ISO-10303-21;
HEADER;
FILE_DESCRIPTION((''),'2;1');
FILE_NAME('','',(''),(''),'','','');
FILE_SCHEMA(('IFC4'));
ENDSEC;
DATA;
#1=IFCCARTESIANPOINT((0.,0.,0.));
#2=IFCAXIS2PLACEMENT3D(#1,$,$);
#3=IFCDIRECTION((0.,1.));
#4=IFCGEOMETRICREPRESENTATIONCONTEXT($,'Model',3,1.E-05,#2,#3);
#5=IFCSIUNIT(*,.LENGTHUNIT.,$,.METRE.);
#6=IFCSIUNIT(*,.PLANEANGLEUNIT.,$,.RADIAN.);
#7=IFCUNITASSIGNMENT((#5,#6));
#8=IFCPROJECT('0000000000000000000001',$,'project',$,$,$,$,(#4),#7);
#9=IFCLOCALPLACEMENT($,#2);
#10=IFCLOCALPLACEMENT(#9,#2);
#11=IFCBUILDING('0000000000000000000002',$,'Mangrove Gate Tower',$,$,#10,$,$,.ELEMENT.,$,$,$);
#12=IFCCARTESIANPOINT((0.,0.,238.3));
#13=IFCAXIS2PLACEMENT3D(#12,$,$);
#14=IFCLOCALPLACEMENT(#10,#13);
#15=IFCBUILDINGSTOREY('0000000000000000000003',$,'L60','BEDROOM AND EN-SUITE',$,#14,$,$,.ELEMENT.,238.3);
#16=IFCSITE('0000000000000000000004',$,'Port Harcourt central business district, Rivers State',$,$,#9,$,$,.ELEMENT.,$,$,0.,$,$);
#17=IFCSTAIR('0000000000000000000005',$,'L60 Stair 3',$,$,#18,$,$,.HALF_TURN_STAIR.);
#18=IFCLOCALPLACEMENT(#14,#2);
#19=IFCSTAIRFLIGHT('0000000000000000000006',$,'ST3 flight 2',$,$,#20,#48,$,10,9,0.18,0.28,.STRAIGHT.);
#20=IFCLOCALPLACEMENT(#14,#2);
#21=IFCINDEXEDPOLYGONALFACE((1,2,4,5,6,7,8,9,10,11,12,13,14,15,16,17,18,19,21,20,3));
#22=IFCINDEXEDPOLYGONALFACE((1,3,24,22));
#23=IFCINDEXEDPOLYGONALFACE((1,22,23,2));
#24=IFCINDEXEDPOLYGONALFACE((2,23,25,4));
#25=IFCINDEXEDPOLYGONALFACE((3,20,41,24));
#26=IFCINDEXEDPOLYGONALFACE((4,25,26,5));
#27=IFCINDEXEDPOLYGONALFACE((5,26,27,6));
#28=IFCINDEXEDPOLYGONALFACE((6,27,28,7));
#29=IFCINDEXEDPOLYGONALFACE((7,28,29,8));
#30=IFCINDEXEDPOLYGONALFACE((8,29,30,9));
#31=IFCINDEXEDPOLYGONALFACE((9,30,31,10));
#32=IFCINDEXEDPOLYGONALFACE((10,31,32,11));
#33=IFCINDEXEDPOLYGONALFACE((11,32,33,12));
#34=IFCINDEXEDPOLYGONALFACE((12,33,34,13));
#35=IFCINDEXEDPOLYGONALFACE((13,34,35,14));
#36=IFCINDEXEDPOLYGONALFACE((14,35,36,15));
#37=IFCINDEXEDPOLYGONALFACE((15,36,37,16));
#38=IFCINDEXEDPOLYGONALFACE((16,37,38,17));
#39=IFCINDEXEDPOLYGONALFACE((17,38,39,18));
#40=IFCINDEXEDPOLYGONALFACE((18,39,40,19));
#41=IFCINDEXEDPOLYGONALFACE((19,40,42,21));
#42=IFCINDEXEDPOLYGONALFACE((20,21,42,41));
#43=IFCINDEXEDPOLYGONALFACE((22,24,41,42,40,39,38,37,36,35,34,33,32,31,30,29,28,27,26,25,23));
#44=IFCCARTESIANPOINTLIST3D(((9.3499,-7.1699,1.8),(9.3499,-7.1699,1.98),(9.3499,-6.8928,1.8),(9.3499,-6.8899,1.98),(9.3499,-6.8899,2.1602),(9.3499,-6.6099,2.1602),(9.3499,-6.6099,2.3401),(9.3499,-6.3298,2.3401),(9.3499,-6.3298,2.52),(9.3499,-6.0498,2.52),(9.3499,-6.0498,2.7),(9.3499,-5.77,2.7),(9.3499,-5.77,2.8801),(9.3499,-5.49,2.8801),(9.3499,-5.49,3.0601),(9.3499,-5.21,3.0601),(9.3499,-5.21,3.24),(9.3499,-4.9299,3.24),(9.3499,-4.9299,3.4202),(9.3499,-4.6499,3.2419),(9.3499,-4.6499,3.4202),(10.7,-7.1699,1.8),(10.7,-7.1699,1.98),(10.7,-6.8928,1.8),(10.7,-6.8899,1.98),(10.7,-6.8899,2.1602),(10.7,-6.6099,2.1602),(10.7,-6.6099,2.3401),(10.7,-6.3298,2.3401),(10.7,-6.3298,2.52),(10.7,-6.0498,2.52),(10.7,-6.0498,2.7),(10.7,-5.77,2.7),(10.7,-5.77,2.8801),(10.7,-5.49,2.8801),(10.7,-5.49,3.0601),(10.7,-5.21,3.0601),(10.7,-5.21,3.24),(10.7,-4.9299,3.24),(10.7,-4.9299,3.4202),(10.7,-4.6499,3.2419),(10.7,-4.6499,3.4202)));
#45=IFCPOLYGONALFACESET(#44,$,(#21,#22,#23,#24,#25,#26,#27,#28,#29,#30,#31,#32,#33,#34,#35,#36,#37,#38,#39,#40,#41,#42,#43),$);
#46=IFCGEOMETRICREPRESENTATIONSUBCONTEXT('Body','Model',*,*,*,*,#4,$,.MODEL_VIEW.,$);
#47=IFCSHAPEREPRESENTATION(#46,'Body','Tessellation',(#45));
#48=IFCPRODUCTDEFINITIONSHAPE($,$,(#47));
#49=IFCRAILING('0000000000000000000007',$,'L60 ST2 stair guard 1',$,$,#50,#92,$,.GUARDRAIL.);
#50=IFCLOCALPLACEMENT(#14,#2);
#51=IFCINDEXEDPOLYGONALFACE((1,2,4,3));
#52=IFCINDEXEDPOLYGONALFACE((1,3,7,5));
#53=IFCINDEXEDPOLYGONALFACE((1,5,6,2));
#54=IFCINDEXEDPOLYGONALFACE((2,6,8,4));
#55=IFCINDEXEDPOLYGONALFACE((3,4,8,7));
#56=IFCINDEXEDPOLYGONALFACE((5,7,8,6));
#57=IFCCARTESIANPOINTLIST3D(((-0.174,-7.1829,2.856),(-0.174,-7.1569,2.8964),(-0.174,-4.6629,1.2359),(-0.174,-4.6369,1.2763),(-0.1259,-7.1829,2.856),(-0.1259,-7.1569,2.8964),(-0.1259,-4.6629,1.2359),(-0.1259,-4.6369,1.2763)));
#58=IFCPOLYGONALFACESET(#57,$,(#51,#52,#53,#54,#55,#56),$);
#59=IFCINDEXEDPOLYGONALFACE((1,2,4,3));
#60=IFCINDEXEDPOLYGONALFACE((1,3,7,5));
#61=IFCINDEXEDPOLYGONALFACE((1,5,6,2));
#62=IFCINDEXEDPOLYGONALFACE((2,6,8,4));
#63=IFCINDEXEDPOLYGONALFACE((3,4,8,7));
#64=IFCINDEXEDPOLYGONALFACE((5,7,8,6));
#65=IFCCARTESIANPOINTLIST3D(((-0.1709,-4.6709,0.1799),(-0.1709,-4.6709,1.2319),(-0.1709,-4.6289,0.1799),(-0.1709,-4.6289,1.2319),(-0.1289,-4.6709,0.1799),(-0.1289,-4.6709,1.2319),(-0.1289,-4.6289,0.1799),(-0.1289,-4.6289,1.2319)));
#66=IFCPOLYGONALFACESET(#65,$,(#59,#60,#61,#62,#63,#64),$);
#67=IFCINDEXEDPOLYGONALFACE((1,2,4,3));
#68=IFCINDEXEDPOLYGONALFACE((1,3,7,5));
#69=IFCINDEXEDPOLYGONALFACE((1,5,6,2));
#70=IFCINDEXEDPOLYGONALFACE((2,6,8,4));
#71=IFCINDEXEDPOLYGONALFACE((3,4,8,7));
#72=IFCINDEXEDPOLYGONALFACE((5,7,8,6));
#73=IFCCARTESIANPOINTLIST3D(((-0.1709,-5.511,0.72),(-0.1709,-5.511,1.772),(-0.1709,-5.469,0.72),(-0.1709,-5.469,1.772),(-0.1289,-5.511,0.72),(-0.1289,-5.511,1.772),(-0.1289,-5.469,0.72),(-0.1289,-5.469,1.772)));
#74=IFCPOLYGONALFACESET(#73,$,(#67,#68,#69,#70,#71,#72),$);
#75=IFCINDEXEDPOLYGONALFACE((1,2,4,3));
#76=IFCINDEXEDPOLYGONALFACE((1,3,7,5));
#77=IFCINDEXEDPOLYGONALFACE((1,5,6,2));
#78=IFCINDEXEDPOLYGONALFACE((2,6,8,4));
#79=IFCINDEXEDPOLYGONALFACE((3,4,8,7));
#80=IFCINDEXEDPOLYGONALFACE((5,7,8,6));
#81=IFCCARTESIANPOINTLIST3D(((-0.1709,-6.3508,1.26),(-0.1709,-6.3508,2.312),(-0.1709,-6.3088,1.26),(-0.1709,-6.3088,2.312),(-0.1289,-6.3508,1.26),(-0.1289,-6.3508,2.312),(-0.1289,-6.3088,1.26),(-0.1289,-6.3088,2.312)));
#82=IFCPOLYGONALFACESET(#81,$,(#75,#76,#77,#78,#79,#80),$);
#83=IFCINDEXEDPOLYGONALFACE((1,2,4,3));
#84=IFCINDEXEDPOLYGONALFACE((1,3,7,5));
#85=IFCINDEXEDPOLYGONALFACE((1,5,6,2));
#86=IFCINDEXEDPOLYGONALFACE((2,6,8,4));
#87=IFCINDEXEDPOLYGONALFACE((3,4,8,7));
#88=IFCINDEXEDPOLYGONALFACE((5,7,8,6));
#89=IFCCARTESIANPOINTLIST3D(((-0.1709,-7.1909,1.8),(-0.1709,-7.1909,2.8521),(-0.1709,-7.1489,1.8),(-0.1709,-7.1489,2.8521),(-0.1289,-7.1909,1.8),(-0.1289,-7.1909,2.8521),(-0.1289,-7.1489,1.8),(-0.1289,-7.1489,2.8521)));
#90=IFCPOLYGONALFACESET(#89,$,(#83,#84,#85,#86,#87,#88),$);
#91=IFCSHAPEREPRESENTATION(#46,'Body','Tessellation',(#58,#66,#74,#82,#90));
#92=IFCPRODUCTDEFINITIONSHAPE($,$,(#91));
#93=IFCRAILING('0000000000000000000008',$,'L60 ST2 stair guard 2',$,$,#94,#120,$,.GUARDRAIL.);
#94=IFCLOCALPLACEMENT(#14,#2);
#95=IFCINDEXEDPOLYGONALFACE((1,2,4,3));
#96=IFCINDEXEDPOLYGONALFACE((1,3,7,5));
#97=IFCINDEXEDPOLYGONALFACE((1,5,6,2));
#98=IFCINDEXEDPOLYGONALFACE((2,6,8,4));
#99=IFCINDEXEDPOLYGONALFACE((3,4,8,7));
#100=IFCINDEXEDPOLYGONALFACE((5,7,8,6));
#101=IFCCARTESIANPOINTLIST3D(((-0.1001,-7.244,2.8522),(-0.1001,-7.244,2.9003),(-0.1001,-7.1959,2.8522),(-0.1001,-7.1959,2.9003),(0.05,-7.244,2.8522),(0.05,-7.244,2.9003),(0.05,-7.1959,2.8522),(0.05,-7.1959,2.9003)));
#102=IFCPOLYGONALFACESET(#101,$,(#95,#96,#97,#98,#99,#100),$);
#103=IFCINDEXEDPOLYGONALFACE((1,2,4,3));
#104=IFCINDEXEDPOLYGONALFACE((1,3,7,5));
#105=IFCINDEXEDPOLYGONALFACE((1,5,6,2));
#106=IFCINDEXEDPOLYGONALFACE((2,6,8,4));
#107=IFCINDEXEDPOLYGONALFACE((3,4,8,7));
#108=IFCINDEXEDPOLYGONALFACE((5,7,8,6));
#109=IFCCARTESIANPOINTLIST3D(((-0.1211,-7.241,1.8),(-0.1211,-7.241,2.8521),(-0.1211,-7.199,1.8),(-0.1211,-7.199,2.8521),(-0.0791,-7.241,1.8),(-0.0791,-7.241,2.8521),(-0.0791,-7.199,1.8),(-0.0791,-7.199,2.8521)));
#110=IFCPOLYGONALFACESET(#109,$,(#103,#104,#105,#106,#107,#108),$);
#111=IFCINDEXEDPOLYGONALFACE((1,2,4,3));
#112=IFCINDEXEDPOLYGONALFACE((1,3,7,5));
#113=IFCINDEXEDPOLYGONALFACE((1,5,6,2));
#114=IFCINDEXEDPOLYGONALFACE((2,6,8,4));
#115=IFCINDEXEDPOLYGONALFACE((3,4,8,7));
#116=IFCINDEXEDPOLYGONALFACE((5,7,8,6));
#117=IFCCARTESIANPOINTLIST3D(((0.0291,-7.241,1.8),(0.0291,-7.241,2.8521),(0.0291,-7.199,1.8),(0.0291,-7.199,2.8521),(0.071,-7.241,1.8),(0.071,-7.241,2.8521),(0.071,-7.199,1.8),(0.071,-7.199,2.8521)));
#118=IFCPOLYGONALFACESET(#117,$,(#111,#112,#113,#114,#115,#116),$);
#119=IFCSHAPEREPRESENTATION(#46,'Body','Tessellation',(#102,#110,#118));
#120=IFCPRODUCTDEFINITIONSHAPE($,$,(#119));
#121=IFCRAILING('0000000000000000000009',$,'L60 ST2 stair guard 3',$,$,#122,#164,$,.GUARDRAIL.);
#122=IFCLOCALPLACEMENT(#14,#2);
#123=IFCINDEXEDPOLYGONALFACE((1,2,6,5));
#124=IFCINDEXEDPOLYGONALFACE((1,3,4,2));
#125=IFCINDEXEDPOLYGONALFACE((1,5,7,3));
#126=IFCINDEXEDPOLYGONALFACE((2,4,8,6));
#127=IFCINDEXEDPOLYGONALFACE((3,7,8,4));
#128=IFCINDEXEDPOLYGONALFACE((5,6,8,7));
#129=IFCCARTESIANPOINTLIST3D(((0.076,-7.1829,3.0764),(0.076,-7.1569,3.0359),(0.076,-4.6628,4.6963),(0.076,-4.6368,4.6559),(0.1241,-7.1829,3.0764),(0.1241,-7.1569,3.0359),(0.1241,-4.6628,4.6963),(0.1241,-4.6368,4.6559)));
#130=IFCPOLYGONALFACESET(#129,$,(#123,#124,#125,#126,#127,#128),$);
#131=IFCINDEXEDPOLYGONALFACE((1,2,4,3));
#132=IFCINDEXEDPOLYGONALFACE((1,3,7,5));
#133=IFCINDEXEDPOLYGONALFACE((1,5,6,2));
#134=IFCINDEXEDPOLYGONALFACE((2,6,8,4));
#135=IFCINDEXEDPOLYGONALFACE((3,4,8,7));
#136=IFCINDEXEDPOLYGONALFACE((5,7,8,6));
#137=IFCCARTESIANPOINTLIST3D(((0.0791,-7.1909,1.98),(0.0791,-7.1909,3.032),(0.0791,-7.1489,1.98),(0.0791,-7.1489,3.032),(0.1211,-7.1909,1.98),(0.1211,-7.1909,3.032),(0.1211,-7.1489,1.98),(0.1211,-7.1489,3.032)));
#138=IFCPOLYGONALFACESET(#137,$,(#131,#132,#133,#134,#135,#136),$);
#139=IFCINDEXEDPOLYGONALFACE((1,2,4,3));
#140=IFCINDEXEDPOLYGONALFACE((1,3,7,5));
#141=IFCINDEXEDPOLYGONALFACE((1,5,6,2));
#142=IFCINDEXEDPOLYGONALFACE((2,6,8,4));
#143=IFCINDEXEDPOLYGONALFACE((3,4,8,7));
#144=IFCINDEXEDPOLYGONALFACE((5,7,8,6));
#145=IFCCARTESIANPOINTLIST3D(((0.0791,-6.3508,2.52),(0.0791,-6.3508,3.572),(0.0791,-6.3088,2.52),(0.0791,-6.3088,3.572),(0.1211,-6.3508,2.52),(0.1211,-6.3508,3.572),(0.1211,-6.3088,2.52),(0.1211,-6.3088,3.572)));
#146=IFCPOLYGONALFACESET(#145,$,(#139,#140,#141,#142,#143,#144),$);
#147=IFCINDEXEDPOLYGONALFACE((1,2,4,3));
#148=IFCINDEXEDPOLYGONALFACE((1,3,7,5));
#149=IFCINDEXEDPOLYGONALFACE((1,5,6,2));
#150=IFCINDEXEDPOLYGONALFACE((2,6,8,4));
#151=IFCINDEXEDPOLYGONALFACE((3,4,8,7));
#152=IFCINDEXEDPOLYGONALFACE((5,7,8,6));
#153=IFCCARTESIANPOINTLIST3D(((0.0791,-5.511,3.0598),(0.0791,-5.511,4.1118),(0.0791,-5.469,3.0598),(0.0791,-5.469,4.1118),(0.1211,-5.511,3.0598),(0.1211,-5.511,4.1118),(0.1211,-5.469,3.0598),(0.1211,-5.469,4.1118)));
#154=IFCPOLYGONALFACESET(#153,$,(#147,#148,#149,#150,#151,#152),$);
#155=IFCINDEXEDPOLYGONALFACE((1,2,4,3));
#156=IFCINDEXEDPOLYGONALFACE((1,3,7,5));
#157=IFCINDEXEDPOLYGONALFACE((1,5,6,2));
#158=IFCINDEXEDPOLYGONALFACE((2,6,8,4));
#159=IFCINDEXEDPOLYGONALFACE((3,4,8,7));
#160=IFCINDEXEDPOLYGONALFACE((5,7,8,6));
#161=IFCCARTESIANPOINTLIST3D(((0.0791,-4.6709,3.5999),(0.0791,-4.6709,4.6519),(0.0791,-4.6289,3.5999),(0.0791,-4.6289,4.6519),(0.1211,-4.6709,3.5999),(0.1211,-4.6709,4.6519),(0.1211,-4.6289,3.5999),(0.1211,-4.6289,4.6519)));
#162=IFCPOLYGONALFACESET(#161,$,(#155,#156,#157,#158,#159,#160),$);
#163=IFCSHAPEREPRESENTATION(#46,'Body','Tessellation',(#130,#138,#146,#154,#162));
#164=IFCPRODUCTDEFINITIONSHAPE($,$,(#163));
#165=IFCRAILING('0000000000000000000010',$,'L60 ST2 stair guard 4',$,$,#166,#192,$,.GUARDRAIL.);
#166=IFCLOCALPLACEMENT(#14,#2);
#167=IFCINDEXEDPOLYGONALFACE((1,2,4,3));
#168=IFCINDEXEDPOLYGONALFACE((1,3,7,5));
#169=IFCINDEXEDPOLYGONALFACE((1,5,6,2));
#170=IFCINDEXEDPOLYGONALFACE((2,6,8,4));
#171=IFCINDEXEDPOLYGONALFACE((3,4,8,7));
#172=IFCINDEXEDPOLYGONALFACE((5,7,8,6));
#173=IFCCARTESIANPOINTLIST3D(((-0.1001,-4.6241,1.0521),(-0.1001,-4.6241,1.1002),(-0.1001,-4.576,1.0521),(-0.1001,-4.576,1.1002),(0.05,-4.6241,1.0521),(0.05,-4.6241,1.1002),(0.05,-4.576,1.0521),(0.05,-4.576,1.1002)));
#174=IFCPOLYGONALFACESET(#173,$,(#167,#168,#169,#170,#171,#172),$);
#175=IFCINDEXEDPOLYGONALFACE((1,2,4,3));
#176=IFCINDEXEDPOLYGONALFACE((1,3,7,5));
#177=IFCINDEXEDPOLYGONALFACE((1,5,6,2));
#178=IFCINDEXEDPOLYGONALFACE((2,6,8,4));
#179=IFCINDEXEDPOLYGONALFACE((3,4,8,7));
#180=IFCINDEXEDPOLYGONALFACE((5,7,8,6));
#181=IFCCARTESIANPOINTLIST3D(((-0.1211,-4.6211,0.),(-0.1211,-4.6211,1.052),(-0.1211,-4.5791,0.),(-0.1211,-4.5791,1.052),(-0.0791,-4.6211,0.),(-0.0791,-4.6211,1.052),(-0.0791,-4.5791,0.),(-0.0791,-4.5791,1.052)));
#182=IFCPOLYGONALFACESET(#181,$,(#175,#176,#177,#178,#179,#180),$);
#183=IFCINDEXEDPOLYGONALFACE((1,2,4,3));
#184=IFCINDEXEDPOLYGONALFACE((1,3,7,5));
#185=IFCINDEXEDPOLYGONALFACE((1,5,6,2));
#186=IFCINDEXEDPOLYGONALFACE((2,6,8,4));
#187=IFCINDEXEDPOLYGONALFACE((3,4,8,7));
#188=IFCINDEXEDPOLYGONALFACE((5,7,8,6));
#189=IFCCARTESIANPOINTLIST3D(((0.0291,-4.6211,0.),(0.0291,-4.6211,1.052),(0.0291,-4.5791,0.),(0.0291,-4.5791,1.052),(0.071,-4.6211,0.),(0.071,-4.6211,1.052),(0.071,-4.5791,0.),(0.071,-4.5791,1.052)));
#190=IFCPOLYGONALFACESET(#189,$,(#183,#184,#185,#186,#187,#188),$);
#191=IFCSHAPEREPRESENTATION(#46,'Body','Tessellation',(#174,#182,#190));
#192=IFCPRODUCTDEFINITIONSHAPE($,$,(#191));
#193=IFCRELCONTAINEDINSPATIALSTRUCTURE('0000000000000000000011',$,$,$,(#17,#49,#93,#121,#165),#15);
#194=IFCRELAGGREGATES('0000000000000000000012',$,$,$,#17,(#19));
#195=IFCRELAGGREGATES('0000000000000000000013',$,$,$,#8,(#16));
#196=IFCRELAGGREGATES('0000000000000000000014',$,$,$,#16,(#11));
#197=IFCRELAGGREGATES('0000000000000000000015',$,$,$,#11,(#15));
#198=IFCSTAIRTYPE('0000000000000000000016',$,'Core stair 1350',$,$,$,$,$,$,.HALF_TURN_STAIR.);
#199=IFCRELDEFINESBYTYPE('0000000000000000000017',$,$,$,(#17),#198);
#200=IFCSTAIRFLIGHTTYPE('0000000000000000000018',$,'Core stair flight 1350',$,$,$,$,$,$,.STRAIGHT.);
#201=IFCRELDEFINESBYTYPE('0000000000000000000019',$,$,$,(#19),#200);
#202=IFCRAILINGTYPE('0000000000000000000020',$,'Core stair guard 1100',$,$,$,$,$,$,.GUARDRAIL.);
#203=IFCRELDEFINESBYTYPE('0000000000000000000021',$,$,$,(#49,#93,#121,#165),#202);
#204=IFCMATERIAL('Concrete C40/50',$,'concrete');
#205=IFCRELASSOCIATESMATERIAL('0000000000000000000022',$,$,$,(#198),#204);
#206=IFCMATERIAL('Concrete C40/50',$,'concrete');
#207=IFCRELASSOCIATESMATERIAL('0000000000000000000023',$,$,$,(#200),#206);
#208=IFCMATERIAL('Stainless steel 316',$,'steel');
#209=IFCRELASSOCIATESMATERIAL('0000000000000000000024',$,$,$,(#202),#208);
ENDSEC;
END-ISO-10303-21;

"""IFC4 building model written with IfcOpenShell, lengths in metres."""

from ifc_helpers import new_model, si_unit, direction, frame, origin, origin_2d, place, context, subcontext, project, spatial, polyline, rectangle, outline, extrude, material, type_object, element, aggregate, save


model = new_model("IFC4")

# Units and contexts
model_context = context("Model", 3, precision=1e-05, world=origin(), true_north=direction((0.0, 1.0)))
body_context = subcontext(model_context, "Body", "Model", "MODEL_VIEW")
ifc_project = project(units=[si_unit("LENGTHUNIT", "METRE"), si_unit("PLANEANGLEUNIT", "RADIAN")], contexts=[model_context])

# Site, building, storey
site_placement = place(None, origin())
site = spatial("IfcSite", under=ifc_project, at=site_placement, Name="Port Harcourt central business district, Rivers State", CompositionType="ELEMENT", RefElevation=0.0)
building_placement = place(site_placement, origin())
building = spatial("IfcBuilding", under=site, at=building_placement, Name="Mangrove Gate Tower", CompositionType="ELEMENT")
storey_placement = place(building_placement, frame((0.0, 0.0, 238.3)))
storey = spatial("IfcBuildingStorey", under=building, at=storey_placement, Name="L60", Description="BEDROOM AND EN-SUITE", CompositionType="ELEMENT", Elevation=238.3)

# Stair, stair flight
ifc_material_1 = material(Name="Concrete C40/50", Category="concrete")
stair_type = type_object("IfcStairType", Name="Core stair 1350", PredefinedType="HALF_TURN_STAIR", material=ifc_material_1)
ifc_material_2 = material(Name="Concrete C40/50", Category="concrete")
stair_flight_type = type_object("IfcStairFlightType", Name="Core stair flight 1350", PredefinedType="STRAIGHT", material=ifc_material_2)
stair_1_placement = place(storey_placement, origin())
stair_1 = element("IfcStair", 1, at=stair_1_placement, inside=storey, type_object=stair_type, Name="L60 Stair 3", PredefinedType="HALF_TURN_STAIR")
stair_flight_1_placement = place(storey_placement, frame((10.0249, -7.1699, 1.8), z_axis=(0.0, 0.0, 1.0), x_axis=(0.0, 1.0, 0.0)))
stair_flight_1 = element("IfcStairFlight", 2, at=stair_flight_1_placement, type_object=stair_flight_type, Name="ST3 flight 2", NumberOfRisers=10, NumberOfTreads=9, PredefinedType="STRAIGHT", RiserHeight=0.18, TreadLength=0.28, context=body_context, shape_type="SweptSolid", body=[
    extrude(outline(polyline([(0.0, 0.0), (0.0, 0.1799), (0.28, 0.1799), (0.28, 0.3601), (0.5601, 0.3601), (0.5601, 0.54), (0.8401, 0.54), (0.8401, 0.72), (1.1201, 0.72), (1.1201, 0.8999), (1.3999, 0.8999), (1.3999, 1.0801), (1.6799, 1.0801), (1.6799, 1.26), (1.96, 1.26), (1.96, 1.4399), (2.24, 1.4399), (2.24, 1.6201), (2.52, 1.6201), (2.52, 1.8), (2.52, 1.4419), (0.2771, 0.0), (0.0, 0.0)])), frame((0.0, 0.675, 0.0), z_axis=(0.0, -1.0, 0.0), x_axis=(1.0, 0.0, 0.0)), (0.0, 0.0, 1.0), 1.3501),
])
aggregate(stair_1, [stair_flight_1])

# Railings
ifc_material_3 = material(Name="Stainless steel 316", Category="steel")
railing_type_1 = type_object("IfcRailingType", Name="Core stair guard 1100", PredefinedType="GUARDRAIL", material=ifc_material_3)
railing_1_placement = place(storey_placement, frame((-0.1499, -4.6499, 0.1799)))
element("IfcRailing", 3, at=railing_1_placement, inside=storey, type_object=railing_type_1, Name="L60 ST2 stair guard 1", PredefinedType="GUARDRAIL", context=body_context, shape_type="SweptSolid", body=[
    extrude(rectangle(XDim=0.0481, YDim=0.0481, at=origin_2d()), frame((0.0, 0.0, 1.0762), z_axis=(0.0, -0.841163, 0.540782), x_axis=(1.0, 0.0, 0.0)), (0.0, 0.0, 1.0), 2.9958),
    extrude(rectangle(XDim=0.042, YDim=0.042, at=origin_2d()), origin(), (0.0, 0.0, 1.0), 1.052),
    extrude(rectangle(XDim=0.042, YDim=0.042, at=origin_2d()), frame((0.0, -0.8401, 0.54)), (0.0, 0.0, 1.0), 1.052),
    extrude(rectangle(XDim=0.042, YDim=0.042, at=origin_2d()), frame((0.0, -1.6799, 1.0801)), (0.0, 0.0, 1.0), 1.052),
    extrude(rectangle(XDim=0.042, YDim=0.042, at=origin_2d()), frame((0.0, -2.52, 1.6201)), (0.0, 0.0, 1.0), 1.052),
])
railing_2_placement = place(storey_placement, frame((-0.1001, -7.22, 1.8)))
element("IfcRailing", 4, at=railing_2_placement, inside=storey, type_object=railing_type_1, Name="L60 ST2 stair guard 2", PredefinedType="GUARDRAIL", context=body_context, shape_type="SweptSolid", body=[
    extrude(rectangle(XDim=0.0481, YDim=0.0481, at=origin_2d()), frame((0.0, 0.0, 1.0762), z_axis=(1.0, 0.0, 0.0), x_axis=(0.0, 1.0, 0.0)), (0.0, 0.0, 1.0), 0.1501),
    extrude(rectangle(XDim=0.042, YDim=0.042, at=origin_2d()), origin(), (0.0, 0.0, 1.0), 1.052),
    extrude(rectangle(XDim=0.042, YDim=0.042, at=origin_2d()), frame((0.1501, 0.0, 0.0)), (0.0, 0.0, 1.0), 1.052),
])
railing_3_placement = place(storey_placement, frame((0.1001, -7.1699, 1.98)))
element("IfcRailing", 5, at=railing_3_placement, inside=storey, type_object=railing_type_1, Name="L60 ST2 stair guard 3", PredefinedType="GUARDRAIL", context=body_context, shape_type="SweptSolid", body=[
    extrude(rectangle(XDim=0.0481, YDim=0.0481, at=origin_2d()), frame((0.0, 0.0, 1.0762), z_axis=(0.0, 0.8412, 0.540725), x_axis=(-1.0, 0.0, 0.0)), (0.0, 0.0, 1.0), 2.9958),
    extrude(rectangle(XDim=0.042, YDim=0.042, at=origin_2d()), origin(), (0.0, 0.0, 1.0), 1.052),
    extrude(rectangle(XDim=0.042, YDim=0.042, at=origin_2d()), frame((0.0, 0.8401, 0.54)), (0.0, 0.0, 1.0), 1.052),
    extrude(rectangle(XDim=0.042, YDim=0.042, at=origin_2d()), frame((0.0, 1.6799, 1.0798)), (0.0, 0.0, 1.0), 1.052),
    extrude(rectangle(XDim=0.042, YDim=0.042, at=origin_2d()), frame((0.0, 2.52, 1.6199)), (0.0, 0.0, 1.0), 1.052),
])
railing_4_placement = place(storey_placement, frame((-0.1001, -4.6001, 0.0)))
element("IfcRailing", 6, at=railing_4_placement, inside=storey, type_object=railing_type_1, Name="L60 ST2 stair guard 4", PredefinedType="GUARDRAIL", context=body_context, shape_type="SweptSolid", body=[
    extrude(rectangle(XDim=0.0481, YDim=0.0481, at=origin_2d()), frame((0.0, 0.0, 1.0762), z_axis=(1.0, 0.0, 0.0), x_axis=(0.0, 1.0, 0.0)), (0.0, 0.0, 1.0), 0.1501),
    extrude(rectangle(XDim=0.042, YDim=0.042, at=origin_2d()), origin(), (0.0, 0.0, 1.0), 1.052),
    extrude(rectangle(XDim=0.042, YDim=0.042, at=origin_2d()), frame((0.1501, 0.0, 0.0)), (0.0, 0.0, 1.0), 1.052),
])

save(model, "model.ifc")
